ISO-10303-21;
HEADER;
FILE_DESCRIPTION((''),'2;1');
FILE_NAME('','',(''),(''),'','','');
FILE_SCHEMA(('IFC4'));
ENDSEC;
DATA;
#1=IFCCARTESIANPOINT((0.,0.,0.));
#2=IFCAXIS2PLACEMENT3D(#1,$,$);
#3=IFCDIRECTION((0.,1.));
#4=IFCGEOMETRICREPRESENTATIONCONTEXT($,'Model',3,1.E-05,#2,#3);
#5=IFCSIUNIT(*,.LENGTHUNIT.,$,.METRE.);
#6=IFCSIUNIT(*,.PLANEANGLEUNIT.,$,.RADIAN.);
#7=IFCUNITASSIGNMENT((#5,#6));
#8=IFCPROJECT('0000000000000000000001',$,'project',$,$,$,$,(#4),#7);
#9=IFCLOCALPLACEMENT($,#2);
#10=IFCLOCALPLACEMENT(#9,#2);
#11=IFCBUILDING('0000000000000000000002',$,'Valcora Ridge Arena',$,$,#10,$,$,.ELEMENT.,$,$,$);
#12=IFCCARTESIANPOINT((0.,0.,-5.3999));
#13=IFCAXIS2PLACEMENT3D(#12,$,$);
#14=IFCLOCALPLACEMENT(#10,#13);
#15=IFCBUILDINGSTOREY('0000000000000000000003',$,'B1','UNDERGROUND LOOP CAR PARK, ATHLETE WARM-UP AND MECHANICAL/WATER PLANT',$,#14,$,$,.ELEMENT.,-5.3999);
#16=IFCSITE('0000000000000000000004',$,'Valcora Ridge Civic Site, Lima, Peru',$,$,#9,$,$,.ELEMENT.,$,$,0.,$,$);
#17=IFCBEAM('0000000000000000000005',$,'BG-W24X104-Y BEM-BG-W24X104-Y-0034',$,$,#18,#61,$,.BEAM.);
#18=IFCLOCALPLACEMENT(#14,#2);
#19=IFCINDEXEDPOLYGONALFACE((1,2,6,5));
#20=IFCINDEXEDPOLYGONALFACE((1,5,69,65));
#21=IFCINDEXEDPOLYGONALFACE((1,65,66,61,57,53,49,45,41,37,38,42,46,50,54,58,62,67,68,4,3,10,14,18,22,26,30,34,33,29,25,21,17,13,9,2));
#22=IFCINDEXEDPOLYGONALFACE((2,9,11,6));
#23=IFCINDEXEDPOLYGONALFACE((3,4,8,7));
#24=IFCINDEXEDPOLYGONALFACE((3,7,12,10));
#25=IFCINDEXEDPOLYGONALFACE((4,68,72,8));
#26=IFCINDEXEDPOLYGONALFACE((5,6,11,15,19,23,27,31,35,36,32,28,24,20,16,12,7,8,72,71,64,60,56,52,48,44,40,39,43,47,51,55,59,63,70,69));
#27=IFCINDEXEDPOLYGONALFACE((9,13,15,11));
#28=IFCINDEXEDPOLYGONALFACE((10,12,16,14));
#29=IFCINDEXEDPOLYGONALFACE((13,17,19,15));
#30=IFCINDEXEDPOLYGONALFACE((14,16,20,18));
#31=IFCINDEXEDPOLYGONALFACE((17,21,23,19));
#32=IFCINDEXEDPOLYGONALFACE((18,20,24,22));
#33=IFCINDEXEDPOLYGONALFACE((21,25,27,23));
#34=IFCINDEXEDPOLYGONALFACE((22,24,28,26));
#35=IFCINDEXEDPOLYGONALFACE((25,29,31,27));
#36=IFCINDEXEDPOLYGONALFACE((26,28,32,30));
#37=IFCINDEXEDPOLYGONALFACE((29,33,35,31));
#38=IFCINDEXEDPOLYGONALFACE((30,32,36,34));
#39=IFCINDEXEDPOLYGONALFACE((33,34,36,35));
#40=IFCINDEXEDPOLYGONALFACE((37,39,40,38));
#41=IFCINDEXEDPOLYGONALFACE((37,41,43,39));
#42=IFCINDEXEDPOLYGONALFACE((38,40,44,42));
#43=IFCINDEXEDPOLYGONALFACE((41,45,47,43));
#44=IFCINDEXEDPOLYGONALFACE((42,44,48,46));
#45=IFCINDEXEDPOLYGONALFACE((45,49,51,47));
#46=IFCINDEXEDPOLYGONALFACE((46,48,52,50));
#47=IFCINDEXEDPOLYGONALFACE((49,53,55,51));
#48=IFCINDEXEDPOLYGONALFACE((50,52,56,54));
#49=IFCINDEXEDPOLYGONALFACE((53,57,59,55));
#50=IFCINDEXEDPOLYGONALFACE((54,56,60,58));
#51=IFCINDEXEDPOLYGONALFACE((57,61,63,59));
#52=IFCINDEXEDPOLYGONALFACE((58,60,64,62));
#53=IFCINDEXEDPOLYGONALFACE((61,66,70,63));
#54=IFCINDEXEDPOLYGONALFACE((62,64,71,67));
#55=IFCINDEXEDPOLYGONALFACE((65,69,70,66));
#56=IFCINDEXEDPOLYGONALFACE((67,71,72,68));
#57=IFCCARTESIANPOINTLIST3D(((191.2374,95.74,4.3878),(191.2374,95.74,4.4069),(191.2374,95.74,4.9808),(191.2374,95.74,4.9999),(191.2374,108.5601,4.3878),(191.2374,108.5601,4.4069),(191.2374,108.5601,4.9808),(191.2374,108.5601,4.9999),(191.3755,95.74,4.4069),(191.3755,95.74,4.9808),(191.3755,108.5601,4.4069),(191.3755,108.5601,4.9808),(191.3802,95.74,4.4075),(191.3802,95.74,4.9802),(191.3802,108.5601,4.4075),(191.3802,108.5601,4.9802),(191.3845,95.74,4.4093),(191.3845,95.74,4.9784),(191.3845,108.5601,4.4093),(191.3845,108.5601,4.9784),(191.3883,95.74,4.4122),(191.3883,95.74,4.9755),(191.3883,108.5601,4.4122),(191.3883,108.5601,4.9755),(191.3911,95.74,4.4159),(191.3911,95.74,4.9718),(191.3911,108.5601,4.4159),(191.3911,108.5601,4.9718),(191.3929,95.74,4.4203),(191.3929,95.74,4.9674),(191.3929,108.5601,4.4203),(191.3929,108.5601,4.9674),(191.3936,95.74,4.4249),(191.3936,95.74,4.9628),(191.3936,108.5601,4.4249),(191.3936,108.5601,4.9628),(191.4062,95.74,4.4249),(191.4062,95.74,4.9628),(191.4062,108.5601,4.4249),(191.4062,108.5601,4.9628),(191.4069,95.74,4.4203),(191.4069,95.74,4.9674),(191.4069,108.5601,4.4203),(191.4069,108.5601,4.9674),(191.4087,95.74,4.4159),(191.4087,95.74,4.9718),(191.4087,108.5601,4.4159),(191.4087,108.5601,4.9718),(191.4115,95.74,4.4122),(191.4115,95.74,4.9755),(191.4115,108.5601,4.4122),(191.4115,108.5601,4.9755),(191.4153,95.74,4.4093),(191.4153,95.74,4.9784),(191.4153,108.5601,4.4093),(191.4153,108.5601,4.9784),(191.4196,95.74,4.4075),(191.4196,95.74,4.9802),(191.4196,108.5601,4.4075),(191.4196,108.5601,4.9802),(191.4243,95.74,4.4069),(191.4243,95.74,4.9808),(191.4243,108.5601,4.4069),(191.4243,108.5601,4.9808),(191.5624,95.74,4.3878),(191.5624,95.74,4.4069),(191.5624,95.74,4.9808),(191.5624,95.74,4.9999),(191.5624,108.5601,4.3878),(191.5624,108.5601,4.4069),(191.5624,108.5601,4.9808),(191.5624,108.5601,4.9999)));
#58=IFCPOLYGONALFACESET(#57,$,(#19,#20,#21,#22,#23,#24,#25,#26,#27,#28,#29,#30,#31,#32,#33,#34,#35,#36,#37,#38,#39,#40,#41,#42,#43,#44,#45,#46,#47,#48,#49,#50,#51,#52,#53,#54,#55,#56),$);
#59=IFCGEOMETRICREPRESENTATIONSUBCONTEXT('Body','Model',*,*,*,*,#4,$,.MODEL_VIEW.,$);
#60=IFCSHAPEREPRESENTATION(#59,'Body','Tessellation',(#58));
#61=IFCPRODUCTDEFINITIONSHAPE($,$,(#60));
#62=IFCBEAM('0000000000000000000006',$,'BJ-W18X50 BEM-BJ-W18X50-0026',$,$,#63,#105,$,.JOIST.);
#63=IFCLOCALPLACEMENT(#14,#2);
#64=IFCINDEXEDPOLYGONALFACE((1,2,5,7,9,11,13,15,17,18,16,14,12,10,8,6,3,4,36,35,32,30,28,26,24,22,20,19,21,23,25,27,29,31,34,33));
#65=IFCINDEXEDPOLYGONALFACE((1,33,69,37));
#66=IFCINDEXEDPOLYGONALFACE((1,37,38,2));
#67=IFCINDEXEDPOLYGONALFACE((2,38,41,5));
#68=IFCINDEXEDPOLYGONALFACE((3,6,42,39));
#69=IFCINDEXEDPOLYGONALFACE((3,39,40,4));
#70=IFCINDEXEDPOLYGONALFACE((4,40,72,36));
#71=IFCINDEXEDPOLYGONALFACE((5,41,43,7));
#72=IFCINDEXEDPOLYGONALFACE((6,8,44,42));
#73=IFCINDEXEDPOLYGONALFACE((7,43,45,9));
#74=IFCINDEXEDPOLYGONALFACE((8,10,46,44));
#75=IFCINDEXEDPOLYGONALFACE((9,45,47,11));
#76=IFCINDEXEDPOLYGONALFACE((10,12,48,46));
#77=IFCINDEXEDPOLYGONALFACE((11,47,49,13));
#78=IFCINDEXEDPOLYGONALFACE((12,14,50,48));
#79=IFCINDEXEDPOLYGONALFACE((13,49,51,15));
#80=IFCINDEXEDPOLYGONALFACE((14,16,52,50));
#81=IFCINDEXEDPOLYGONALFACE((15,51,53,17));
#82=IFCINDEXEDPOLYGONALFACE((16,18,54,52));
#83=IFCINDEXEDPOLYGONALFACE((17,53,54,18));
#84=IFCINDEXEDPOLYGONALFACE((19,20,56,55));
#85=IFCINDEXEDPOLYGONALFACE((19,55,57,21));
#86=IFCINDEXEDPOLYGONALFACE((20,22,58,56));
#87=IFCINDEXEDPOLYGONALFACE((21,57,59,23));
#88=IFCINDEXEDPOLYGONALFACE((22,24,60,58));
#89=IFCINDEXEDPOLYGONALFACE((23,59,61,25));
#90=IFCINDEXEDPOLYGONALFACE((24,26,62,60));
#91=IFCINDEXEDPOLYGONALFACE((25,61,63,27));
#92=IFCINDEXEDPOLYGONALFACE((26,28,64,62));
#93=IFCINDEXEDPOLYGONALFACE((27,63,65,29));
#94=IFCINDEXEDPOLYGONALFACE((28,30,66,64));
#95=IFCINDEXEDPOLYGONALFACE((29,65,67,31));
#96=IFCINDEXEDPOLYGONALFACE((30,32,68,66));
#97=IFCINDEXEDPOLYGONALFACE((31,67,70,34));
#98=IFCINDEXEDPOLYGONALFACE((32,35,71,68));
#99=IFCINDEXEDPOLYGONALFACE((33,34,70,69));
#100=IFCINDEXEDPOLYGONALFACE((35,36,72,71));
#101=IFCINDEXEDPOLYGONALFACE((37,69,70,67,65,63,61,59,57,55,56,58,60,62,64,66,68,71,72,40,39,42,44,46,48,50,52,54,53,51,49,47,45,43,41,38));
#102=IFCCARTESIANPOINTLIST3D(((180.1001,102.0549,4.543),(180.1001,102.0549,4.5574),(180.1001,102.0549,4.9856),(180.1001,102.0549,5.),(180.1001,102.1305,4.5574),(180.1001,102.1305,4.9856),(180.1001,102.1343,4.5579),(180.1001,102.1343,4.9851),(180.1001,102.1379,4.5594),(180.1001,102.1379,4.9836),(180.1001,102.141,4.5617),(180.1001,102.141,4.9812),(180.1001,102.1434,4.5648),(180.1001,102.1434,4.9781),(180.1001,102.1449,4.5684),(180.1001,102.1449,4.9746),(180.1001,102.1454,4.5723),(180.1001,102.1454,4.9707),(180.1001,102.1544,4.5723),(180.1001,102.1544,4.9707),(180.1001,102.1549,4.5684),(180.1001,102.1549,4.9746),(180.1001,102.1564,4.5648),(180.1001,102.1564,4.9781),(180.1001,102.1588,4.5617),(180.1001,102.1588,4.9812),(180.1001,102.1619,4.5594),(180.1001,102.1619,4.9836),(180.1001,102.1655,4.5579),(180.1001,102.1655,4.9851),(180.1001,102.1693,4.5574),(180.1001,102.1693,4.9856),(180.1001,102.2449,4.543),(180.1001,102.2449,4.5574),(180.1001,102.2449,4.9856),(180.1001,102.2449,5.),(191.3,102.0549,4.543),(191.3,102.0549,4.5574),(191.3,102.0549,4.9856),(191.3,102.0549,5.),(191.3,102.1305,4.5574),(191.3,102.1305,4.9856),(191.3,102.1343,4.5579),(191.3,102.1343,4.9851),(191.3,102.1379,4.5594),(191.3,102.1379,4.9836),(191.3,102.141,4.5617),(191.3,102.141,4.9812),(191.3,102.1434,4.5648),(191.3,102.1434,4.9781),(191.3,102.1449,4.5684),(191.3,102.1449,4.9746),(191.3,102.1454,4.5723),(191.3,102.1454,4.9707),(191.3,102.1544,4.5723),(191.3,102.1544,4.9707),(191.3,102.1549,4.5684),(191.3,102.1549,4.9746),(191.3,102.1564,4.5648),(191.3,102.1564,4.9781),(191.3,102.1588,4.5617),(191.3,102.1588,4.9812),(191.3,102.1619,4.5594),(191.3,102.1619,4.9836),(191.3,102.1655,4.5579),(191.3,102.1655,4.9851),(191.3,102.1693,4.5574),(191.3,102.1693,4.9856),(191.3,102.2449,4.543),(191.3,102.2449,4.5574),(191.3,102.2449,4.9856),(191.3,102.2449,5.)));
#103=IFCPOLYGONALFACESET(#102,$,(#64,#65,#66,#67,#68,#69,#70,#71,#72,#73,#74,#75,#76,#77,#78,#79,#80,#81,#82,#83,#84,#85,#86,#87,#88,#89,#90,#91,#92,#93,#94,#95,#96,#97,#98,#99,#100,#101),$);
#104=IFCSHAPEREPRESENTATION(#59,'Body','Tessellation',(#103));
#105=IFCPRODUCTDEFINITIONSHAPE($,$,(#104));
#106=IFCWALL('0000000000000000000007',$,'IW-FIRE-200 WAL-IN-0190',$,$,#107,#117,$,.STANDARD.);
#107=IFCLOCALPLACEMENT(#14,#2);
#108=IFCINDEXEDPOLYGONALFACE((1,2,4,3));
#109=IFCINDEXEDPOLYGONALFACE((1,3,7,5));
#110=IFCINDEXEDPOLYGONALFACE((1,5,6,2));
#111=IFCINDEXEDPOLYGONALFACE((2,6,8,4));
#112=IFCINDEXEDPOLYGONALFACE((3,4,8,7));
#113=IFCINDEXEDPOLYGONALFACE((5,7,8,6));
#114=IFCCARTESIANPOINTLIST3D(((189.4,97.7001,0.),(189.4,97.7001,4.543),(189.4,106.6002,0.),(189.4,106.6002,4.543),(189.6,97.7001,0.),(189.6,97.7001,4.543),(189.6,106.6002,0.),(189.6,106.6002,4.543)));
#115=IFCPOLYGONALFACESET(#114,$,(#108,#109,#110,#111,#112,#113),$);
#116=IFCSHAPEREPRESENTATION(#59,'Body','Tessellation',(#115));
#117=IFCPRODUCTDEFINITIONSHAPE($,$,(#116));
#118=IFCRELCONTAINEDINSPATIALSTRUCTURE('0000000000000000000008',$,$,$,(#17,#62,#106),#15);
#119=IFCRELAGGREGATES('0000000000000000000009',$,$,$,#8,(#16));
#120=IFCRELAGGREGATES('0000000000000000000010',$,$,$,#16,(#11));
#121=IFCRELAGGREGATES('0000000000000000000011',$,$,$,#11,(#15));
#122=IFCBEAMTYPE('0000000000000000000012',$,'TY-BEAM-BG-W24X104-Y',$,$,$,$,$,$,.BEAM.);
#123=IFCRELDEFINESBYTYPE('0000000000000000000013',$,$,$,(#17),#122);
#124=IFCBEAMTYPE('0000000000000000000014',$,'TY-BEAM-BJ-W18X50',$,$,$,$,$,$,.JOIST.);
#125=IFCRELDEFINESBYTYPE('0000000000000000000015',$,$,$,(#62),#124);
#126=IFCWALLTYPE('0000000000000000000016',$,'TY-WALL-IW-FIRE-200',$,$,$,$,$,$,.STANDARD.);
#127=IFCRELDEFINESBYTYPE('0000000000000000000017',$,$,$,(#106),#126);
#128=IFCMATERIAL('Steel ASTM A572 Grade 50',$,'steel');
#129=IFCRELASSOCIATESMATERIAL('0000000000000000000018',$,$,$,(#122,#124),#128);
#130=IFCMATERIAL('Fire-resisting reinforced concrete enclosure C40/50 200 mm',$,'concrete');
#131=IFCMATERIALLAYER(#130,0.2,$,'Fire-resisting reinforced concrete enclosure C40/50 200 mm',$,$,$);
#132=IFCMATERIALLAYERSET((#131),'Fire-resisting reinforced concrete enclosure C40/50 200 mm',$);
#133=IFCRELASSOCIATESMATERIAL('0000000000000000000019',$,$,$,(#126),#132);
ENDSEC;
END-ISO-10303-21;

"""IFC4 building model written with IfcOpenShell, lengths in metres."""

from ifc_helpers import new_model, si_unit, direction, frame, frame_2d, origin, origin_2d, place, context, subcontext, project, spatial, rectangle, i_section, extrude, material, layer, layer_set, material_profile, profile_set, type_object, element, save


model = new_model("IFC4")

# Units and contexts
model_context = context("Model", 3, precision=1e-05, world=origin(), true_north=direction((0.0, 1.0)))
body_context = subcontext(model_context, "Body", "Model", "MODEL_VIEW")
ifc_project = project(units=[si_unit("LENGTHUNIT", "METRE"), si_unit("PLANEANGLEUNIT", "RADIAN")], contexts=[model_context])

# Site, building, storey
site_placement = place(None, origin())
site = spatial("IfcSite", under=ifc_project, at=site_placement, Name="Valcora Ridge Civic Site, Lima, Peru", CompositionType="ELEMENT", RefElevation=0.0)
building_placement = place(site_placement, origin())
building = spatial("IfcBuilding", under=site, at=building_placement, Name="Valcora Ridge Arena", CompositionType="ELEMENT")
storey_placement = place(building_placement, frame((0.0, 0.0, -5.3999)))
storey = spatial("IfcBuildingStorey", under=building, at=storey_placement, Name="B1", Description="UNDERGROUND LOOP CAR PARK, ATHLETE WARM-UP AND MECHANICAL/WATER PLANT", CompositionType="ELEMENT", Elevation=-5.3999)

# Beams
ifc_material_1 = material(Name="Steel ASTM A572 Grade 50", Category="steel")
ifc_material_profile_1 = material_profile(ifc_material_1, i_section(OverallWidth=0.325, OverallDepth=0.6121, WebThickness=0.0127, FlangeThickness=0.019, FilletRadius=0.0181, at=origin_2d()), Name="W24X104")
ifc_profile_set_1 = profile_set([ifc_material_profile_1], Name="Steel ASTM A572 Grade 50")
beam_type_1 = type_object("IfcBeamType", Name="TY-BEAM-BG-W24X104-Y", PredefinedType="BEAM", material=ifc_profile_set_1)
beam_1_placement = place(storey_placement, frame((191.3999, 95.74, 4.6938), z_axis=(0.0, 1.0, 0.0), x_axis=(-1.0, 0.0, 0.0)))
element("IfcBeam", 1, at=beam_1_placement, inside=storey, type_object=beam_type_1, Name="BG-W24X104-Y BEM-BG-W24X104-Y-0034", PredefinedType="BEAM", context=body_context, shape_type="SweptSolid", body=[
    extrude(i_section(OverallWidth=0.325, OverallDepth=0.6121, WebThickness=0.0127, FlangeThickness=0.019, FilletRadius=0.0181, at=origin_2d()), origin(), (0.0, 0.0, 1.0), 12.8201),
])
ifc_material_profile_2 = material_profile(ifc_material_1, i_section(OverallWidth=0.1899, OverallDepth=0.457, WebThickness=0.009, FlangeThickness=0.0144, FilletRadius=0.0149, at=origin_2d()), Name="W18X50")
ifc_profile_set_2 = profile_set([ifc_material_profile_2], Name="Steel ASTM A572 Grade 50")
beam_type_2 = type_object("IfcBeamType", Name="TY-BEAM-BJ-W18X50", PredefinedType="JOIST", material=ifc_profile_set_2)
beam_2_placement = place(storey_placement, frame((180.1001, 102.1499, 4.7715), z_axis=(1.0, 0.0, 0.0), x_axis=(0.0, 1.0, 0.0)))
element("IfcBeam", 2, at=beam_2_placement, inside=storey, type_object=beam_type_2, Name="BJ-W18X50 BEM-BJ-W18X50-0026", PredefinedType="JOIST", context=body_context, shape_type="SweptSolid", body=[
    extrude(i_section(OverallWidth=0.1899, OverallDepth=0.457, WebThickness=0.009, FlangeThickness=0.0144, FilletRadius=0.0149, at=origin_2d()), origin(), (0.0, 0.0, 1.0), 11.2),
])

# Wall
ifc_material_2 = material(Name="Fire-resisting reinforced concrete enclosure C40/50 200 mm", Category="concrete")
ifc_layer_1 = layer(ifc_material_2, 0.2, Name="Fire-resisting reinforced concrete enclosure C40/50 200 mm")
ifc_layer_set_1 = layer_set([ifc_layer_1], Name="Fire-resisting reinforced concrete enclosure C40/50 200 mm")
wall_type = type_object("IfcWallType", Name="TY-WALL-IW-FIRE-200", PredefinedType="STANDARD", material=ifc_layer_set_1)
wall_placement = place(storey_placement, frame((189.5, 97.7, 0.0), z_axis=(0.0, 0.0, 1.0), x_axis=(0.0, 1.0, 0.0)))
element("IfcWall", 3, at=wall_placement, inside=storey, type_object=wall_type, Name="IW-FIRE-200 WAL-IN-0190", PredefinedType="STANDARD", context=body_context, shape_type="SweptSolid", body=[
    extrude(rectangle(XDim=8.9001, YDim=0.2, at=frame_2d((4.4502, 0.0))), origin(), (0.0, 0.0, 1.0), 4.543),
])

save(model, "model.ifc")
